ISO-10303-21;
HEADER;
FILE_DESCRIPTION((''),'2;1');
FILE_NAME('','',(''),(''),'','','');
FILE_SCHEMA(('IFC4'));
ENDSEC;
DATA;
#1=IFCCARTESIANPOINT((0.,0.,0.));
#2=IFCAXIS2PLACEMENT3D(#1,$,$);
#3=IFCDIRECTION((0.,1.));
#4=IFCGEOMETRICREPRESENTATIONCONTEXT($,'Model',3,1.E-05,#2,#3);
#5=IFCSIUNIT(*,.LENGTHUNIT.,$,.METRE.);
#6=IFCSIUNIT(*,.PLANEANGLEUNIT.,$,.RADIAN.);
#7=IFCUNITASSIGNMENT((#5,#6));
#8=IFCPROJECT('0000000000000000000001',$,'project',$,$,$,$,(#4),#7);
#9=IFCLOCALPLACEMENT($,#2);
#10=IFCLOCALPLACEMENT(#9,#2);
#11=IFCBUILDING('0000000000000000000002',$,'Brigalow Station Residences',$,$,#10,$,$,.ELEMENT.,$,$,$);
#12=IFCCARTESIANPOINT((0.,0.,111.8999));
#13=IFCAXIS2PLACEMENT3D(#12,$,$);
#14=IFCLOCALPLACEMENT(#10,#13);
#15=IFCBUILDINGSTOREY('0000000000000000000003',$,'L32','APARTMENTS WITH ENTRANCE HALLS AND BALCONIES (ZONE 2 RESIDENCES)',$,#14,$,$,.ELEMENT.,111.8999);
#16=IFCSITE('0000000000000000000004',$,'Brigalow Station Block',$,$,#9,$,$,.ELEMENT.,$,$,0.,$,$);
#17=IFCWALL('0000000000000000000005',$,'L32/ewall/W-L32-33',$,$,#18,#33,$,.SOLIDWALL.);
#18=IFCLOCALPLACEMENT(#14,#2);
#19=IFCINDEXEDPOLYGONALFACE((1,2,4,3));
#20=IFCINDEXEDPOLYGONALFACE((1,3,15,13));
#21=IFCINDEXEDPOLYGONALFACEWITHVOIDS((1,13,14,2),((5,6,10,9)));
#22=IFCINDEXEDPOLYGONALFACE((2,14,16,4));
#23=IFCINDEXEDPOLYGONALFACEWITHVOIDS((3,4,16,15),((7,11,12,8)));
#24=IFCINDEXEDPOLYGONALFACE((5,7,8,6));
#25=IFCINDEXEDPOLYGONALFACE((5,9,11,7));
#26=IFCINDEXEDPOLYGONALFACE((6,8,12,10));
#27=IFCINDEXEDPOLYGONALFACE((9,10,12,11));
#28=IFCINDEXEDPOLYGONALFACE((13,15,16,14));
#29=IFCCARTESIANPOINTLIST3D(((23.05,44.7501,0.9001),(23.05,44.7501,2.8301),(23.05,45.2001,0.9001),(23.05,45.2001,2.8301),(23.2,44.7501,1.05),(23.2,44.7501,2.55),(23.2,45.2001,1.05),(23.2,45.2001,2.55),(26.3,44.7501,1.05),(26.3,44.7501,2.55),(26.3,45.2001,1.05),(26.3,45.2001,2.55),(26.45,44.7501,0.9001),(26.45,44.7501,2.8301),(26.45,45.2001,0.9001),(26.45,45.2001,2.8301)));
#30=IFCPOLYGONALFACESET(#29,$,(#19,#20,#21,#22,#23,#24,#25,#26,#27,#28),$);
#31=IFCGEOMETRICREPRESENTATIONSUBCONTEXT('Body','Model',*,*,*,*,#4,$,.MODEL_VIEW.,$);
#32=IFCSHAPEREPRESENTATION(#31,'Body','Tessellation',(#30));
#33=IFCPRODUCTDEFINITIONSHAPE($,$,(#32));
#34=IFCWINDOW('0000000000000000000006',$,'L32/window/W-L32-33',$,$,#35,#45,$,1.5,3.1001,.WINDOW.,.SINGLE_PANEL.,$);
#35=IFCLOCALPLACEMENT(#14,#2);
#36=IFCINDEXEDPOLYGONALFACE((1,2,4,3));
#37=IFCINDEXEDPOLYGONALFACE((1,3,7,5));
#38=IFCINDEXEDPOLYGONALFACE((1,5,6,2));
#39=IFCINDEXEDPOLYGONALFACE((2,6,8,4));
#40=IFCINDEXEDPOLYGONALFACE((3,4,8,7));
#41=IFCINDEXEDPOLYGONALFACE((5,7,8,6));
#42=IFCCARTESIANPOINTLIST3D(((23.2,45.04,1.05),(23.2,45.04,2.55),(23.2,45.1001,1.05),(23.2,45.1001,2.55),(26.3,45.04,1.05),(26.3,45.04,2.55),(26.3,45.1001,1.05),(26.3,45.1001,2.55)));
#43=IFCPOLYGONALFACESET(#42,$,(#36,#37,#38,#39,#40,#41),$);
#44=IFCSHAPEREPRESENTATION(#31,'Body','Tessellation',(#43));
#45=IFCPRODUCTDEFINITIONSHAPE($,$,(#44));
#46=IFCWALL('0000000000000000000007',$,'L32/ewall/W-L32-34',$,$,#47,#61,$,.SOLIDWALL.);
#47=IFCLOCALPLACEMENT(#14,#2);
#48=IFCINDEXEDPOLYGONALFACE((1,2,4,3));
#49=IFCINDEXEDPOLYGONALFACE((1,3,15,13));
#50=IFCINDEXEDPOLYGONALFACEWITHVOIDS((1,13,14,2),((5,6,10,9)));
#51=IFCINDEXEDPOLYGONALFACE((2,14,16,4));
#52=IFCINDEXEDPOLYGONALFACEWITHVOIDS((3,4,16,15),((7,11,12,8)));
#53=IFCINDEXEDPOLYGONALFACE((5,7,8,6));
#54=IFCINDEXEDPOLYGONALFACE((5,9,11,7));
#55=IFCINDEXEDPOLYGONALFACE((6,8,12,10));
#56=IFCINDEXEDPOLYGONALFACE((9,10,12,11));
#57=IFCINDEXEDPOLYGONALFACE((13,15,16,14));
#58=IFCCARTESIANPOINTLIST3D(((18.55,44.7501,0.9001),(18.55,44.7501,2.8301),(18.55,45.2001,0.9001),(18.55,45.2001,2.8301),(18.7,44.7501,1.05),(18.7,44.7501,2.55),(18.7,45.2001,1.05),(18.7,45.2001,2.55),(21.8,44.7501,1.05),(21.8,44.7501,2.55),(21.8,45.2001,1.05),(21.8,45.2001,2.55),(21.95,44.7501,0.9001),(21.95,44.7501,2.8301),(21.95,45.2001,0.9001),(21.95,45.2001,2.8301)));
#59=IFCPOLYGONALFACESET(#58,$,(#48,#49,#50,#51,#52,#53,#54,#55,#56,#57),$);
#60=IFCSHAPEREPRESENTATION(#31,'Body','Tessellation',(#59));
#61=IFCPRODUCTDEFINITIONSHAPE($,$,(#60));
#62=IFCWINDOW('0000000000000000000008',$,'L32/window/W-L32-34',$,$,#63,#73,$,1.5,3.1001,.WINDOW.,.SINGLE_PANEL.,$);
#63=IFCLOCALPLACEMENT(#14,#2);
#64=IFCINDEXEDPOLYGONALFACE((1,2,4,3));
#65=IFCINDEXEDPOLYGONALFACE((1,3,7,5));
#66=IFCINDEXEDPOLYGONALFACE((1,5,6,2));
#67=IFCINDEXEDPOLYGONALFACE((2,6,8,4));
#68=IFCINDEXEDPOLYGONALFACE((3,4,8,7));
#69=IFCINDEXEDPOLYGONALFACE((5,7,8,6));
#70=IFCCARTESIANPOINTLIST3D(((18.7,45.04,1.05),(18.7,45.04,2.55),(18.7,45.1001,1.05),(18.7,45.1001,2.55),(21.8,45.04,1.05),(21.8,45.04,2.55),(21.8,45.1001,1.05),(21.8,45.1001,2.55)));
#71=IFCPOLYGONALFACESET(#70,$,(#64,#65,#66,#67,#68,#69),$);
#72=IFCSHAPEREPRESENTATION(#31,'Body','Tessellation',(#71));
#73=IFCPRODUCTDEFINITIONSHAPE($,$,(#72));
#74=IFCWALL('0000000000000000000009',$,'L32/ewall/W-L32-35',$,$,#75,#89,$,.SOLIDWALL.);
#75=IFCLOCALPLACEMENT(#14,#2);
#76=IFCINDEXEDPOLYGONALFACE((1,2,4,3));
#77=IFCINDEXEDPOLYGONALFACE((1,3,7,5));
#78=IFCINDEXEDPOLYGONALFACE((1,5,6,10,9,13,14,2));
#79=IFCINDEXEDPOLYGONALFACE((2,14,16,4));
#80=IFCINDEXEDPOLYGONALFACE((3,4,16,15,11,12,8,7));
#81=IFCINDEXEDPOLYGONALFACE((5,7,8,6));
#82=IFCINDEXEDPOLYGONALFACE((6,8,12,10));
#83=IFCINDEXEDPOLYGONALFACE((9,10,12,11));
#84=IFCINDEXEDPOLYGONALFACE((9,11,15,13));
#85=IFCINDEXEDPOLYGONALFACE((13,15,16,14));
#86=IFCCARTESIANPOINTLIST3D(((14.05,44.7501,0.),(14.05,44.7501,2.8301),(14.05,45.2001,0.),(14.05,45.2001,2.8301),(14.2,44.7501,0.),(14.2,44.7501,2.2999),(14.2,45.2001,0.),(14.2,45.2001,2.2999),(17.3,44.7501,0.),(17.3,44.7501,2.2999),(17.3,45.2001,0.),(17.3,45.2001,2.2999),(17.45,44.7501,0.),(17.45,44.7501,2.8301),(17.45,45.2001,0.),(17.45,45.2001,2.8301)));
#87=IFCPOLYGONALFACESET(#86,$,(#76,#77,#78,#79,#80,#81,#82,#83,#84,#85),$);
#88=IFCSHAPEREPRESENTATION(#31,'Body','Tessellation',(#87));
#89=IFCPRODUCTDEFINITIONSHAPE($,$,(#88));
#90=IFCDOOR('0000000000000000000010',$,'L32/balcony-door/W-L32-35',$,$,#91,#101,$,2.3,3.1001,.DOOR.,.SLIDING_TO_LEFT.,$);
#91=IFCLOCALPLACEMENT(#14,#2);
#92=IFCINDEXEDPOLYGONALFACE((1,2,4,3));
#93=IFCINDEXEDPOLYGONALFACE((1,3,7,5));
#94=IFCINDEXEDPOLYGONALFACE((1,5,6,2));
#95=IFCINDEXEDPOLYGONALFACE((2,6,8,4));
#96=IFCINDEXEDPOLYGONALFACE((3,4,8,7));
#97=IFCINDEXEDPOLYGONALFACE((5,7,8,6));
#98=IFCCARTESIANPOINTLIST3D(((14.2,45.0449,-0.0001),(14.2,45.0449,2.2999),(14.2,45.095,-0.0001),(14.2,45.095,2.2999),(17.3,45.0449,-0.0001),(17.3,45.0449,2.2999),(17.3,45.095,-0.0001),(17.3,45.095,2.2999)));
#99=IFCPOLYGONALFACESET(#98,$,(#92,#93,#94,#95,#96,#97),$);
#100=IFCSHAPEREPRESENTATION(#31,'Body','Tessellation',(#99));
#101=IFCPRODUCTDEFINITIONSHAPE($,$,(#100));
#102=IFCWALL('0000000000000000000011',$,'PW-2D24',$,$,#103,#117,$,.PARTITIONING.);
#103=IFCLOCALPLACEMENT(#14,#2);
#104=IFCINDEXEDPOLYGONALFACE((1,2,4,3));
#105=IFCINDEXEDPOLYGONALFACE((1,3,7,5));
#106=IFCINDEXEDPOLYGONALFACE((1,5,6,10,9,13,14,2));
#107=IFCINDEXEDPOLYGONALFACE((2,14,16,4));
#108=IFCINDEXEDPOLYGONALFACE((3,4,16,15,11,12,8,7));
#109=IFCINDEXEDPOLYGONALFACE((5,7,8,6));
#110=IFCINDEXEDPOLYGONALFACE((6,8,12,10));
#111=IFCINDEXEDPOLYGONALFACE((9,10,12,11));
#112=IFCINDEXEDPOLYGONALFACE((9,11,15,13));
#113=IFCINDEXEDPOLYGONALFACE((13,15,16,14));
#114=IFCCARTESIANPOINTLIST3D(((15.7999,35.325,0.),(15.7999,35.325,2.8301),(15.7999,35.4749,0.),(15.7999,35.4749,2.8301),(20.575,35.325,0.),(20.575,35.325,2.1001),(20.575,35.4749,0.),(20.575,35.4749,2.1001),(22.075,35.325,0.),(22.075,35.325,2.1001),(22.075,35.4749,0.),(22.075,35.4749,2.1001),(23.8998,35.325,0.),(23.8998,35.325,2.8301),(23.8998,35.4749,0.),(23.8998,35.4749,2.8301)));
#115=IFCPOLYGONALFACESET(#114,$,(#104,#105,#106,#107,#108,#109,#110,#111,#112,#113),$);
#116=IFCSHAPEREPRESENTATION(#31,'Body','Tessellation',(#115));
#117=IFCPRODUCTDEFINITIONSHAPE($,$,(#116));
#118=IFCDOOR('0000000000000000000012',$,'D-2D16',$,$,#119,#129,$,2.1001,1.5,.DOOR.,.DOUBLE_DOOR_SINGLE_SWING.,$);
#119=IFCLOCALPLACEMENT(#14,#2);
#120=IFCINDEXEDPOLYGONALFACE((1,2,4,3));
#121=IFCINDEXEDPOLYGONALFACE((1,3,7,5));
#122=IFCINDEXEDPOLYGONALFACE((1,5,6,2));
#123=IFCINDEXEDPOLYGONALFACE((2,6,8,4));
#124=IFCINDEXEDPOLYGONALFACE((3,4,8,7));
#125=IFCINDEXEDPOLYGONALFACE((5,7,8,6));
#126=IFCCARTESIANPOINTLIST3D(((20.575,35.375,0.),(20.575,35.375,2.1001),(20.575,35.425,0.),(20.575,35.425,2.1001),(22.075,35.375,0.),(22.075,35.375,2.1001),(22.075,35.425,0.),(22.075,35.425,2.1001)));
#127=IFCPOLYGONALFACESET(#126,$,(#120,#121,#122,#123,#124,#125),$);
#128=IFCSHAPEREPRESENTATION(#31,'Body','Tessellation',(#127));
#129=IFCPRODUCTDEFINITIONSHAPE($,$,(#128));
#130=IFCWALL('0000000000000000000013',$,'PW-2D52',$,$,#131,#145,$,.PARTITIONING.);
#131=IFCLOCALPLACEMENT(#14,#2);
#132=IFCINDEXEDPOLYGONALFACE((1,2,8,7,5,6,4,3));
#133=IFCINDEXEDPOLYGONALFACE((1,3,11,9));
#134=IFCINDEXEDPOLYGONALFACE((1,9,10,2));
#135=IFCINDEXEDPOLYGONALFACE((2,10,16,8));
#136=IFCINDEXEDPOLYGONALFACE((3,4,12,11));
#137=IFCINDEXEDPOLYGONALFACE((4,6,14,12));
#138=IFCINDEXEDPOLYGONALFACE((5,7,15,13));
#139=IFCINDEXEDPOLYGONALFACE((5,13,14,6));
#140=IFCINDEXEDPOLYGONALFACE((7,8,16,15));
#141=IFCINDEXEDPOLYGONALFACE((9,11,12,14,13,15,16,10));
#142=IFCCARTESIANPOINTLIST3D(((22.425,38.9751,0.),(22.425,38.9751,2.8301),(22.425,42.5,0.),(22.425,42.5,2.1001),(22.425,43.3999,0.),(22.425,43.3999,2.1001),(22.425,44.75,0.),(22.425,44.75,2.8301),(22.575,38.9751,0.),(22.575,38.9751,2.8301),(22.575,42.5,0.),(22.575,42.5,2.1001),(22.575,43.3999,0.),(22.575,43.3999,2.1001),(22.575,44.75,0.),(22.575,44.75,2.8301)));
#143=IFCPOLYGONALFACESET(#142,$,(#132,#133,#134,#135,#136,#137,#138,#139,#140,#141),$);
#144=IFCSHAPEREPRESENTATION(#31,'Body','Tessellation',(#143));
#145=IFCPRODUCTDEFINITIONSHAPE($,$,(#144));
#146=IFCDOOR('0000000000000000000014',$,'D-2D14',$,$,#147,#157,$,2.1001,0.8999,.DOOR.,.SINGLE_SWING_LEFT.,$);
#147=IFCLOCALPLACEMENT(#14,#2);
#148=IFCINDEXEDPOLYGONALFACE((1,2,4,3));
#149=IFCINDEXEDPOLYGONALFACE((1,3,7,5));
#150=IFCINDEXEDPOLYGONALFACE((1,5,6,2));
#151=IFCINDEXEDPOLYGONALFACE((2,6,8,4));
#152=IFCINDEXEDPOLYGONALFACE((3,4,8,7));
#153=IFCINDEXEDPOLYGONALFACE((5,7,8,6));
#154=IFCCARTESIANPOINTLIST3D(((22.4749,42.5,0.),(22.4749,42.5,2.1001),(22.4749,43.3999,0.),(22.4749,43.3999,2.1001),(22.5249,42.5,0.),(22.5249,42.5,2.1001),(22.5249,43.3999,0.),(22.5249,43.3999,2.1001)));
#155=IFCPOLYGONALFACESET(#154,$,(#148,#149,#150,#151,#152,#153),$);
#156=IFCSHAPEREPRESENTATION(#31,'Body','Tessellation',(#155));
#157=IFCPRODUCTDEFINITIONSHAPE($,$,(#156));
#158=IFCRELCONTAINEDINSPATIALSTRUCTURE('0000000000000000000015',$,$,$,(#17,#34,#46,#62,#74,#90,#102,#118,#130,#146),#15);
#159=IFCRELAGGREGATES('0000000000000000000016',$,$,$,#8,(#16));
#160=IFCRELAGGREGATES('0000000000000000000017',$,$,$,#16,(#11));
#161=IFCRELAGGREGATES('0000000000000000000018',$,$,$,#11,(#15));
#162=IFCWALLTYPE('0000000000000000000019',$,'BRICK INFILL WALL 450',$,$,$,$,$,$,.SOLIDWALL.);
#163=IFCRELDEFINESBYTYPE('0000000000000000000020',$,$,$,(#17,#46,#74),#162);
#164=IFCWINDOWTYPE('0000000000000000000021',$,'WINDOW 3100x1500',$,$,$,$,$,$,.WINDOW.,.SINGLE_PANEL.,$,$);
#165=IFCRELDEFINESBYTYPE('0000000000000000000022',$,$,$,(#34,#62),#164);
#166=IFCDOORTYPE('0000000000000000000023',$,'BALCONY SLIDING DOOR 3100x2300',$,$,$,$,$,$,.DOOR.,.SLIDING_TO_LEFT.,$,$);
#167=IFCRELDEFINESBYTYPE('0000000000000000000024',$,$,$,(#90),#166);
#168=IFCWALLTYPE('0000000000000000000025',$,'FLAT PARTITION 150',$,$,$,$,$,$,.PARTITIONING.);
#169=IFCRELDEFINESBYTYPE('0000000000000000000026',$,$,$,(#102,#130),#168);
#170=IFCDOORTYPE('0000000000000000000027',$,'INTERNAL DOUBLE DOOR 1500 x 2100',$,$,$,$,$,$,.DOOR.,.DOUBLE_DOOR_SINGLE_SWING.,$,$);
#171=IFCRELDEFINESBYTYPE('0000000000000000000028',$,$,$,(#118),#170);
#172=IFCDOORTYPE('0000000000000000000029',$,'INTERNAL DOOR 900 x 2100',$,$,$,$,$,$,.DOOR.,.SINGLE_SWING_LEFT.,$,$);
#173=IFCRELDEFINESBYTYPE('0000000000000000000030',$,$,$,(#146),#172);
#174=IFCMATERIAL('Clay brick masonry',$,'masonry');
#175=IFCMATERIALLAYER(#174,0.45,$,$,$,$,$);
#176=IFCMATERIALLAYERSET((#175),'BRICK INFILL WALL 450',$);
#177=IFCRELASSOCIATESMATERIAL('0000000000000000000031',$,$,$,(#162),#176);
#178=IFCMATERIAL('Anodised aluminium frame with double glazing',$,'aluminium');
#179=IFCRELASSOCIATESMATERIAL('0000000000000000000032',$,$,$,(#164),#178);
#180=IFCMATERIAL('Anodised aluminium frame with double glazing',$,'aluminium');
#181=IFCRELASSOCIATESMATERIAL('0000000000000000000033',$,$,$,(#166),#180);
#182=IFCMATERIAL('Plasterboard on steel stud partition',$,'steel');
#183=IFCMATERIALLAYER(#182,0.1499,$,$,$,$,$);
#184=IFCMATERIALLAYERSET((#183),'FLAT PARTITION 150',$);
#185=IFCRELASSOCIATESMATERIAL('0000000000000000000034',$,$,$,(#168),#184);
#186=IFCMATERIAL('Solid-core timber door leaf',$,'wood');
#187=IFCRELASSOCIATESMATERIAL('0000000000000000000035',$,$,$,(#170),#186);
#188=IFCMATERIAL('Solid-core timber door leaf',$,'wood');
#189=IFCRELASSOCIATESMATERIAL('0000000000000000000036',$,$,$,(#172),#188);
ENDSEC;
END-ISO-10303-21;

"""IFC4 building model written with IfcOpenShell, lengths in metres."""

from ifc_helpers import new_model, si_unit, direction, frame, frame_2d, origin, place, context, subcontext, project, spatial, rectangle, extrude, material, layer, layer_set, type_object, element, fill, save


model = new_model("IFC4")

# Units and contexts
model_context = context("Model", 3, precision=1e-05, world=origin(), true_north=direction((0.0, 1.0)))
body_context = subcontext(model_context, "Body", "Model", "MODEL_VIEW")
ifc_project = project(units=[si_unit("LENGTHUNIT", "METRE"), si_unit("PLANEANGLEUNIT", "RADIAN")], contexts=[model_context])

# Site, building, storey
site_placement = place(None, origin())
site = spatial("IfcSite", under=ifc_project, at=site_placement, Name="Brigalow Station Block", CompositionType="ELEMENT", RefElevation=0.0)
building_placement = place(site_placement, origin())
building = spatial("IfcBuilding", under=site, at=building_placement, Name="Brigalow Station Residences", CompositionType="ELEMENT")
storey_placement = place(building_placement, frame((0.0, 0.0, 111.8999)))
storey = spatial("IfcBuildingStorey", under=building, at=storey_placement, Name="L32", Description="APARTMENTS WITH ENTRANCE HALLS AND BALCONIES (ZONE 2 RESIDENCES)", CompositionType="ELEMENT", Elevation=111.8999)

# Walls, openings, windows
ifc_material_1 = material(Name="Clay brick masonry", Category="masonry")
ifc_layer_1 = layer(ifc_material_1, 0.45)
ifc_layer_set_1 = layer_set([ifc_layer_1], Name="BRICK INFILL WALL 450")
wall_type_1 = type_object("IfcWallType", Name="BRICK INFILL WALL 450", PredefinedType="SOLIDWALL", material=ifc_layer_set_1)
wall_1_placement = place(storey_placement, frame((26.45, 44.9751, 0.9001), z_axis=(0.0, 0.0, 1.0), x_axis=(-1.0, 0.0, 0.0)))
wall_1 = element("IfcWall", 1, at=wall_1_placement, inside=storey, type_object=wall_type_1, Name="L32/ewall/W-L32-33", PredefinedType="SOLIDWALL", context=body_context, shape_type="SweptSolid", body=[
    extrude(rectangle(XDim=3.3999, YDim=0.45, at=frame_2d((1.7, 0.0))), origin(), (0.0, 0.0, 1.0), 1.9299),
])
opening_1_placement = place(wall_1_placement, frame((0.1499, 0.0, 0.1499)))
opening_1 = element("IfcOpeningElement", 2, at=opening_1_placement, cuts=wall_1, PredefinedType="OPENING", context=body_context, shape_type="SweptSolid", body=[
    extrude(rectangle(XDim=3.1001, YDim=1.5, at=frame_2d((1.55, 0.75))), frame((0.0, 0.2349, 0.0), z_axis=(0.0, -1.0, 0.0), x_axis=(1.0, 0.0, 0.0)), (0.0, 0.0, 1.0), 0.47),
])
ifc_material_2 = material(Name="Anodised aluminium frame with double glazing", Category="aluminium")
window_type = type_object("IfcWindowType", Name="WINDOW 3100x1500", PartitioningType="SINGLE_PANEL", PredefinedType="WINDOW", material=ifc_material_2)
window_1_placement = place(opening_1_placement, origin())
window_1 = element("IfcWindow", 3, at=window_1_placement, inside=storey, type_object=window_type, Name="L32/window/W-L32-33", OverallHeight=1.5, OverallWidth=3.1001, PartitioningType="SINGLE_PANEL", PredefinedType="WINDOW", context=body_context, shape_type="SweptSolid", body=[
    extrude(rectangle(XDim=3.1001, YDim=1.5, at=frame_2d((1.55, 0.75))), frame((0.0, -0.0649, 0.0), z_axis=(0.0, -1.0, 0.0), x_axis=(1.0, 0.0, 0.0)), (0.0, 0.0, 1.0), 0.0601),
])
fill(opening_1, window_1)
wall_2_placement = place(storey_placement, frame((21.95, 44.9751, 0.9001), z_axis=(0.0, 0.0, 1.0), x_axis=(-1.0, 0.0, 0.0)))
wall_2 = element("IfcWall", 4, at=wall_2_placement, inside=storey, type_object=wall_type_1, Name="L32/ewall/W-L32-34", PredefinedType="SOLIDWALL", context=body_context, shape_type="SweptSolid", body=[
    extrude(rectangle(XDim=3.3999, YDim=0.45, at=frame_2d((1.7, 0.0))), origin(), (0.0, 0.0, 1.0), 1.9299),
])
opening_2_placement = place(wall_2_placement, frame((0.1499, 0.0, 0.1499)))
opening_2 = element("IfcOpeningElement", 5, at=opening_2_placement, cuts=wall_2, PredefinedType="OPENING", context=body_context, shape_type="SweptSolid", body=[
    extrude(rectangle(XDim=3.1001, YDim=1.5, at=frame_2d((1.55, 0.75))), frame((0.0, 0.2349, 0.0), z_axis=(0.0, -1.0, 0.0), x_axis=(1.0, 0.0, 0.0)), (0.0, 0.0, 1.0), 0.47),
])
window_2_placement = place(opening_2_placement, origin())
window_2 = element("IfcWindow", 6, at=window_2_placement, inside=storey, type_object=window_type, Name="L32/window/W-L32-34", OverallHeight=1.5, OverallWidth=3.1001, PartitioningType="SINGLE_PANEL", PredefinedType="WINDOW", context=body_context, shape_type="SweptSolid", body=[
    extrude(rectangle(XDim=3.1001, YDim=1.5, at=frame_2d((1.55, 0.75))), frame((0.0, -0.0649, 0.0), z_axis=(0.0, -1.0, 0.0), x_axis=(1.0, 0.0, 0.0)), (0.0, 0.0, 1.0), 0.0601),
])
fill(opening_2, window_2)

# Walls, openings, doors
wall_3_placement = place(storey_placement, frame((17.45, 44.9751, 0.0), z_axis=(0.0, 0.0, 1.0), x_axis=(-1.0, 0.0, 0.0)))
wall_3 = element("IfcWall", 7, at=wall_3_placement, inside=storey, type_object=wall_type_1, Name="L32/ewall/W-L32-35", PredefinedType="SOLIDWALL", context=body_context, shape_type="SweptSolid", body=[
    extrude(rectangle(XDim=3.3999, YDim=0.45, at=frame_2d((1.7, 0.0))), origin(), (0.0, 0.0, 1.0), 2.8301),
])
opening_3_placement = place(wall_3_placement, frame((0.1499, 0.0, 0.0)))
opening_3 = element("IfcOpeningElement", 8, at=opening_3_placement, cuts=wall_3, PredefinedType="OPENING", context=body_context, shape_type="SweptSolid", body=[
    extrude(rectangle(XDim=3.1001, YDim=2.3, at=frame_2d((1.55, 1.1499))), frame((0.0, 0.2349, 0.0), z_axis=(0.0, -1.0, 0.0), x_axis=(1.0, 0.0, 0.0)), (0.0, 0.0, 1.0), 0.47),
])
ifc_material_3 = material(Name="Anodised aluminium frame with double glazing", Category="aluminium")
door_type_1 = type_object("IfcDoorType", Name="BALCONY SLIDING DOOR 3100x2300", OperationType="SLIDING_TO_LEFT", PredefinedType="DOOR", material=ifc_material_3)
door_1_placement = place(opening_3_placement, origin())
door_1 = element("IfcDoor", 9, at=door_1_placement, inside=storey, type_object=door_type_1, Name="L32/balcony-door/W-L32-35", OperationType="SLIDING_TO_LEFT", OverallHeight=2.3, OverallWidth=3.1001, PredefinedType="DOOR", context=body_context, shape_type="SweptSolid", body=[
    extrude(rectangle(XDim=3.1001, YDim=2.3, at=frame_2d((1.55, 1.1499))), frame((0.0, -0.0698, 0.0), z_axis=(0.0, -1.0, 0.0), x_axis=(1.0, 0.0, 0.0)), (0.0, 0.0, 1.0), 0.05),
])
fill(opening_3, door_1)
ifc_material_4 = material(Name="Plasterboard on steel stud partition", Category="steel")
ifc_layer_2 = layer(ifc_material_4, 0.1499)
ifc_layer_set_2 = layer_set([ifc_layer_2], Name="FLAT PARTITION 150")
wall_type_2 = type_object("IfcWallType", Name="FLAT PARTITION 150", PredefinedType="PARTITIONING", material=ifc_layer_set_2)
wall_4_placement = place(storey_placement, frame((15.8, 35.3999, 0.0), z_axis=(0.0, 0.0, 1.0), x_axis=(1.0, 0.0, 0.0)))
wall_4 = element("IfcWall", 10, at=wall_4_placement, inside=storey, type_object=wall_type_2, Name="PW-2D24", PredefinedType="PARTITIONING", context=body_context, shape_type="SweptSolid", body=[
    extrude(rectangle(XDim=8.0999, YDim=0.1499, at=frame_2d((4.0498, 0.0))), origin(), (0.0, 0.0, 1.0), 2.8301),
])
opening_4_placement = place(wall_4_placement, frame((4.7749, 0.0, 0.0)))
opening_4 = element("IfcOpeningElement", 11, at=opening_4_placement, cuts=wall_4, PredefinedType="OPENING", context=body_context, shape_type="SweptSolid", body=[
    extrude(rectangle(XDim=1.5, YDim=2.1001, at=frame_2d((0.75, 1.05))), frame((0.0, 0.085, 0.0), z_axis=(0.0, -1.0, 0.0), x_axis=(1.0, 0.0, 0.0)), (0.0, 0.0, 1.0), 0.1699),
])
ifc_material_5 = material(Name="Solid-core timber door leaf", Category="wood")
door_type_2 = type_object("IfcDoorType", Name="INTERNAL DOUBLE DOOR 1500 x 2100", OperationType="DOUBLE_DOOR_SINGLE_SWING", PredefinedType="DOOR", material=ifc_material_5)
door_2_placement = place(opening_4_placement, frame((1.5, 0.0, 0.0), z_axis=(0.0, 0.0, 1.0), x_axis=(-1.0, 0.0, 0.0)))
door_2 = element("IfcDoor", 12, at=door_2_placement, inside=storey, type_object=door_type_2, Name="D-2D16", OperationType="DOUBLE_DOOR_SINGLE_SWING", OverallHeight=2.1001, OverallWidth=1.5, PredefinedType="DOOR", context=body_context, shape_type="SweptSolid", body=[
    extrude(rectangle(XDim=1.5, YDim=2.1001, at=frame_2d((0.75, 1.05))), frame((0.0, 0.0249, 0.0), z_axis=(0.0, -1.0, 0.0), x_axis=(1.0, 0.0, 0.0)), (0.0, 0.0, 1.0), 0.05),
])
fill(opening_4, door_2)
wall_5_placement = place(storey_placement, frame((22.5, 38.9751, 0.0), z_axis=(0.0, 0.0, 1.0), x_axis=(0.0, 1.0, 0.0)))
wall_5 = element("IfcWall", 13, at=wall_5_placement, inside=storey, type_object=wall_type_2, Name="PW-2D52", PredefinedType="PARTITIONING", context=body_context, shape_type="SweptSolid", body=[
    extrude(rectangle(XDim=5.7749, YDim=0.1499, at=frame_2d((2.8875, 0.0))), origin(), (0.0, 0.0, 1.0), 2.8301),
])
opening_5_placement = place(wall_5_placement, frame((3.5249, 0.0, 0.0)))
opening_5 = element("IfcOpeningElement", 14, at=opening_5_placement, cuts=wall_5, PredefinedType="OPENING", context=body_context, shape_type="SweptSolid", body=[
    extrude(rectangle(XDim=0.8999, YDim=2.1001, at=frame_2d((0.45, 1.05))), frame((0.0, 0.085, 0.0), z_axis=(0.0, -1.0, 0.0), x_axis=(1.0, 0.0, 0.0)), (0.0, 0.0, 1.0), 0.1699),
])
ifc_material_6 = material(Name="Solid-core timber door leaf", Category="wood")
door_type_3 = type_object("IfcDoorType", Name="INTERNAL DOOR 900 x 2100", OperationType="SINGLE_SWING_LEFT", PredefinedType="DOOR", material=ifc_material_6)
door_3_placement = place(opening_5_placement, frame((0.8999, 0.0, 0.0), z_axis=(0.0, 0.0, 1.0), x_axis=(-1.0, 0.0, 0.0)))
door_3 = element("IfcDoor", 15, at=door_3_placement, inside=storey, type_object=door_type_3, Name="D-2D14", OperationType="SINGLE_SWING_LEFT", OverallHeight=2.1001, OverallWidth=0.8999, PredefinedType="DOOR", context=body_context, shape_type="SweptSolid", body=[
    extrude(rectangle(XDim=0.8999, YDim=2.1001, at=frame_2d((0.45, 1.05))), frame((0.0, 0.0249, 0.0), z_axis=(0.0, -1.0, 0.0), x_axis=(1.0, 0.0, 0.0)), (0.0, 0.0, 1.0), 0.05),
])
fill(opening_5, door_3)

save(model, "model.ifc")
